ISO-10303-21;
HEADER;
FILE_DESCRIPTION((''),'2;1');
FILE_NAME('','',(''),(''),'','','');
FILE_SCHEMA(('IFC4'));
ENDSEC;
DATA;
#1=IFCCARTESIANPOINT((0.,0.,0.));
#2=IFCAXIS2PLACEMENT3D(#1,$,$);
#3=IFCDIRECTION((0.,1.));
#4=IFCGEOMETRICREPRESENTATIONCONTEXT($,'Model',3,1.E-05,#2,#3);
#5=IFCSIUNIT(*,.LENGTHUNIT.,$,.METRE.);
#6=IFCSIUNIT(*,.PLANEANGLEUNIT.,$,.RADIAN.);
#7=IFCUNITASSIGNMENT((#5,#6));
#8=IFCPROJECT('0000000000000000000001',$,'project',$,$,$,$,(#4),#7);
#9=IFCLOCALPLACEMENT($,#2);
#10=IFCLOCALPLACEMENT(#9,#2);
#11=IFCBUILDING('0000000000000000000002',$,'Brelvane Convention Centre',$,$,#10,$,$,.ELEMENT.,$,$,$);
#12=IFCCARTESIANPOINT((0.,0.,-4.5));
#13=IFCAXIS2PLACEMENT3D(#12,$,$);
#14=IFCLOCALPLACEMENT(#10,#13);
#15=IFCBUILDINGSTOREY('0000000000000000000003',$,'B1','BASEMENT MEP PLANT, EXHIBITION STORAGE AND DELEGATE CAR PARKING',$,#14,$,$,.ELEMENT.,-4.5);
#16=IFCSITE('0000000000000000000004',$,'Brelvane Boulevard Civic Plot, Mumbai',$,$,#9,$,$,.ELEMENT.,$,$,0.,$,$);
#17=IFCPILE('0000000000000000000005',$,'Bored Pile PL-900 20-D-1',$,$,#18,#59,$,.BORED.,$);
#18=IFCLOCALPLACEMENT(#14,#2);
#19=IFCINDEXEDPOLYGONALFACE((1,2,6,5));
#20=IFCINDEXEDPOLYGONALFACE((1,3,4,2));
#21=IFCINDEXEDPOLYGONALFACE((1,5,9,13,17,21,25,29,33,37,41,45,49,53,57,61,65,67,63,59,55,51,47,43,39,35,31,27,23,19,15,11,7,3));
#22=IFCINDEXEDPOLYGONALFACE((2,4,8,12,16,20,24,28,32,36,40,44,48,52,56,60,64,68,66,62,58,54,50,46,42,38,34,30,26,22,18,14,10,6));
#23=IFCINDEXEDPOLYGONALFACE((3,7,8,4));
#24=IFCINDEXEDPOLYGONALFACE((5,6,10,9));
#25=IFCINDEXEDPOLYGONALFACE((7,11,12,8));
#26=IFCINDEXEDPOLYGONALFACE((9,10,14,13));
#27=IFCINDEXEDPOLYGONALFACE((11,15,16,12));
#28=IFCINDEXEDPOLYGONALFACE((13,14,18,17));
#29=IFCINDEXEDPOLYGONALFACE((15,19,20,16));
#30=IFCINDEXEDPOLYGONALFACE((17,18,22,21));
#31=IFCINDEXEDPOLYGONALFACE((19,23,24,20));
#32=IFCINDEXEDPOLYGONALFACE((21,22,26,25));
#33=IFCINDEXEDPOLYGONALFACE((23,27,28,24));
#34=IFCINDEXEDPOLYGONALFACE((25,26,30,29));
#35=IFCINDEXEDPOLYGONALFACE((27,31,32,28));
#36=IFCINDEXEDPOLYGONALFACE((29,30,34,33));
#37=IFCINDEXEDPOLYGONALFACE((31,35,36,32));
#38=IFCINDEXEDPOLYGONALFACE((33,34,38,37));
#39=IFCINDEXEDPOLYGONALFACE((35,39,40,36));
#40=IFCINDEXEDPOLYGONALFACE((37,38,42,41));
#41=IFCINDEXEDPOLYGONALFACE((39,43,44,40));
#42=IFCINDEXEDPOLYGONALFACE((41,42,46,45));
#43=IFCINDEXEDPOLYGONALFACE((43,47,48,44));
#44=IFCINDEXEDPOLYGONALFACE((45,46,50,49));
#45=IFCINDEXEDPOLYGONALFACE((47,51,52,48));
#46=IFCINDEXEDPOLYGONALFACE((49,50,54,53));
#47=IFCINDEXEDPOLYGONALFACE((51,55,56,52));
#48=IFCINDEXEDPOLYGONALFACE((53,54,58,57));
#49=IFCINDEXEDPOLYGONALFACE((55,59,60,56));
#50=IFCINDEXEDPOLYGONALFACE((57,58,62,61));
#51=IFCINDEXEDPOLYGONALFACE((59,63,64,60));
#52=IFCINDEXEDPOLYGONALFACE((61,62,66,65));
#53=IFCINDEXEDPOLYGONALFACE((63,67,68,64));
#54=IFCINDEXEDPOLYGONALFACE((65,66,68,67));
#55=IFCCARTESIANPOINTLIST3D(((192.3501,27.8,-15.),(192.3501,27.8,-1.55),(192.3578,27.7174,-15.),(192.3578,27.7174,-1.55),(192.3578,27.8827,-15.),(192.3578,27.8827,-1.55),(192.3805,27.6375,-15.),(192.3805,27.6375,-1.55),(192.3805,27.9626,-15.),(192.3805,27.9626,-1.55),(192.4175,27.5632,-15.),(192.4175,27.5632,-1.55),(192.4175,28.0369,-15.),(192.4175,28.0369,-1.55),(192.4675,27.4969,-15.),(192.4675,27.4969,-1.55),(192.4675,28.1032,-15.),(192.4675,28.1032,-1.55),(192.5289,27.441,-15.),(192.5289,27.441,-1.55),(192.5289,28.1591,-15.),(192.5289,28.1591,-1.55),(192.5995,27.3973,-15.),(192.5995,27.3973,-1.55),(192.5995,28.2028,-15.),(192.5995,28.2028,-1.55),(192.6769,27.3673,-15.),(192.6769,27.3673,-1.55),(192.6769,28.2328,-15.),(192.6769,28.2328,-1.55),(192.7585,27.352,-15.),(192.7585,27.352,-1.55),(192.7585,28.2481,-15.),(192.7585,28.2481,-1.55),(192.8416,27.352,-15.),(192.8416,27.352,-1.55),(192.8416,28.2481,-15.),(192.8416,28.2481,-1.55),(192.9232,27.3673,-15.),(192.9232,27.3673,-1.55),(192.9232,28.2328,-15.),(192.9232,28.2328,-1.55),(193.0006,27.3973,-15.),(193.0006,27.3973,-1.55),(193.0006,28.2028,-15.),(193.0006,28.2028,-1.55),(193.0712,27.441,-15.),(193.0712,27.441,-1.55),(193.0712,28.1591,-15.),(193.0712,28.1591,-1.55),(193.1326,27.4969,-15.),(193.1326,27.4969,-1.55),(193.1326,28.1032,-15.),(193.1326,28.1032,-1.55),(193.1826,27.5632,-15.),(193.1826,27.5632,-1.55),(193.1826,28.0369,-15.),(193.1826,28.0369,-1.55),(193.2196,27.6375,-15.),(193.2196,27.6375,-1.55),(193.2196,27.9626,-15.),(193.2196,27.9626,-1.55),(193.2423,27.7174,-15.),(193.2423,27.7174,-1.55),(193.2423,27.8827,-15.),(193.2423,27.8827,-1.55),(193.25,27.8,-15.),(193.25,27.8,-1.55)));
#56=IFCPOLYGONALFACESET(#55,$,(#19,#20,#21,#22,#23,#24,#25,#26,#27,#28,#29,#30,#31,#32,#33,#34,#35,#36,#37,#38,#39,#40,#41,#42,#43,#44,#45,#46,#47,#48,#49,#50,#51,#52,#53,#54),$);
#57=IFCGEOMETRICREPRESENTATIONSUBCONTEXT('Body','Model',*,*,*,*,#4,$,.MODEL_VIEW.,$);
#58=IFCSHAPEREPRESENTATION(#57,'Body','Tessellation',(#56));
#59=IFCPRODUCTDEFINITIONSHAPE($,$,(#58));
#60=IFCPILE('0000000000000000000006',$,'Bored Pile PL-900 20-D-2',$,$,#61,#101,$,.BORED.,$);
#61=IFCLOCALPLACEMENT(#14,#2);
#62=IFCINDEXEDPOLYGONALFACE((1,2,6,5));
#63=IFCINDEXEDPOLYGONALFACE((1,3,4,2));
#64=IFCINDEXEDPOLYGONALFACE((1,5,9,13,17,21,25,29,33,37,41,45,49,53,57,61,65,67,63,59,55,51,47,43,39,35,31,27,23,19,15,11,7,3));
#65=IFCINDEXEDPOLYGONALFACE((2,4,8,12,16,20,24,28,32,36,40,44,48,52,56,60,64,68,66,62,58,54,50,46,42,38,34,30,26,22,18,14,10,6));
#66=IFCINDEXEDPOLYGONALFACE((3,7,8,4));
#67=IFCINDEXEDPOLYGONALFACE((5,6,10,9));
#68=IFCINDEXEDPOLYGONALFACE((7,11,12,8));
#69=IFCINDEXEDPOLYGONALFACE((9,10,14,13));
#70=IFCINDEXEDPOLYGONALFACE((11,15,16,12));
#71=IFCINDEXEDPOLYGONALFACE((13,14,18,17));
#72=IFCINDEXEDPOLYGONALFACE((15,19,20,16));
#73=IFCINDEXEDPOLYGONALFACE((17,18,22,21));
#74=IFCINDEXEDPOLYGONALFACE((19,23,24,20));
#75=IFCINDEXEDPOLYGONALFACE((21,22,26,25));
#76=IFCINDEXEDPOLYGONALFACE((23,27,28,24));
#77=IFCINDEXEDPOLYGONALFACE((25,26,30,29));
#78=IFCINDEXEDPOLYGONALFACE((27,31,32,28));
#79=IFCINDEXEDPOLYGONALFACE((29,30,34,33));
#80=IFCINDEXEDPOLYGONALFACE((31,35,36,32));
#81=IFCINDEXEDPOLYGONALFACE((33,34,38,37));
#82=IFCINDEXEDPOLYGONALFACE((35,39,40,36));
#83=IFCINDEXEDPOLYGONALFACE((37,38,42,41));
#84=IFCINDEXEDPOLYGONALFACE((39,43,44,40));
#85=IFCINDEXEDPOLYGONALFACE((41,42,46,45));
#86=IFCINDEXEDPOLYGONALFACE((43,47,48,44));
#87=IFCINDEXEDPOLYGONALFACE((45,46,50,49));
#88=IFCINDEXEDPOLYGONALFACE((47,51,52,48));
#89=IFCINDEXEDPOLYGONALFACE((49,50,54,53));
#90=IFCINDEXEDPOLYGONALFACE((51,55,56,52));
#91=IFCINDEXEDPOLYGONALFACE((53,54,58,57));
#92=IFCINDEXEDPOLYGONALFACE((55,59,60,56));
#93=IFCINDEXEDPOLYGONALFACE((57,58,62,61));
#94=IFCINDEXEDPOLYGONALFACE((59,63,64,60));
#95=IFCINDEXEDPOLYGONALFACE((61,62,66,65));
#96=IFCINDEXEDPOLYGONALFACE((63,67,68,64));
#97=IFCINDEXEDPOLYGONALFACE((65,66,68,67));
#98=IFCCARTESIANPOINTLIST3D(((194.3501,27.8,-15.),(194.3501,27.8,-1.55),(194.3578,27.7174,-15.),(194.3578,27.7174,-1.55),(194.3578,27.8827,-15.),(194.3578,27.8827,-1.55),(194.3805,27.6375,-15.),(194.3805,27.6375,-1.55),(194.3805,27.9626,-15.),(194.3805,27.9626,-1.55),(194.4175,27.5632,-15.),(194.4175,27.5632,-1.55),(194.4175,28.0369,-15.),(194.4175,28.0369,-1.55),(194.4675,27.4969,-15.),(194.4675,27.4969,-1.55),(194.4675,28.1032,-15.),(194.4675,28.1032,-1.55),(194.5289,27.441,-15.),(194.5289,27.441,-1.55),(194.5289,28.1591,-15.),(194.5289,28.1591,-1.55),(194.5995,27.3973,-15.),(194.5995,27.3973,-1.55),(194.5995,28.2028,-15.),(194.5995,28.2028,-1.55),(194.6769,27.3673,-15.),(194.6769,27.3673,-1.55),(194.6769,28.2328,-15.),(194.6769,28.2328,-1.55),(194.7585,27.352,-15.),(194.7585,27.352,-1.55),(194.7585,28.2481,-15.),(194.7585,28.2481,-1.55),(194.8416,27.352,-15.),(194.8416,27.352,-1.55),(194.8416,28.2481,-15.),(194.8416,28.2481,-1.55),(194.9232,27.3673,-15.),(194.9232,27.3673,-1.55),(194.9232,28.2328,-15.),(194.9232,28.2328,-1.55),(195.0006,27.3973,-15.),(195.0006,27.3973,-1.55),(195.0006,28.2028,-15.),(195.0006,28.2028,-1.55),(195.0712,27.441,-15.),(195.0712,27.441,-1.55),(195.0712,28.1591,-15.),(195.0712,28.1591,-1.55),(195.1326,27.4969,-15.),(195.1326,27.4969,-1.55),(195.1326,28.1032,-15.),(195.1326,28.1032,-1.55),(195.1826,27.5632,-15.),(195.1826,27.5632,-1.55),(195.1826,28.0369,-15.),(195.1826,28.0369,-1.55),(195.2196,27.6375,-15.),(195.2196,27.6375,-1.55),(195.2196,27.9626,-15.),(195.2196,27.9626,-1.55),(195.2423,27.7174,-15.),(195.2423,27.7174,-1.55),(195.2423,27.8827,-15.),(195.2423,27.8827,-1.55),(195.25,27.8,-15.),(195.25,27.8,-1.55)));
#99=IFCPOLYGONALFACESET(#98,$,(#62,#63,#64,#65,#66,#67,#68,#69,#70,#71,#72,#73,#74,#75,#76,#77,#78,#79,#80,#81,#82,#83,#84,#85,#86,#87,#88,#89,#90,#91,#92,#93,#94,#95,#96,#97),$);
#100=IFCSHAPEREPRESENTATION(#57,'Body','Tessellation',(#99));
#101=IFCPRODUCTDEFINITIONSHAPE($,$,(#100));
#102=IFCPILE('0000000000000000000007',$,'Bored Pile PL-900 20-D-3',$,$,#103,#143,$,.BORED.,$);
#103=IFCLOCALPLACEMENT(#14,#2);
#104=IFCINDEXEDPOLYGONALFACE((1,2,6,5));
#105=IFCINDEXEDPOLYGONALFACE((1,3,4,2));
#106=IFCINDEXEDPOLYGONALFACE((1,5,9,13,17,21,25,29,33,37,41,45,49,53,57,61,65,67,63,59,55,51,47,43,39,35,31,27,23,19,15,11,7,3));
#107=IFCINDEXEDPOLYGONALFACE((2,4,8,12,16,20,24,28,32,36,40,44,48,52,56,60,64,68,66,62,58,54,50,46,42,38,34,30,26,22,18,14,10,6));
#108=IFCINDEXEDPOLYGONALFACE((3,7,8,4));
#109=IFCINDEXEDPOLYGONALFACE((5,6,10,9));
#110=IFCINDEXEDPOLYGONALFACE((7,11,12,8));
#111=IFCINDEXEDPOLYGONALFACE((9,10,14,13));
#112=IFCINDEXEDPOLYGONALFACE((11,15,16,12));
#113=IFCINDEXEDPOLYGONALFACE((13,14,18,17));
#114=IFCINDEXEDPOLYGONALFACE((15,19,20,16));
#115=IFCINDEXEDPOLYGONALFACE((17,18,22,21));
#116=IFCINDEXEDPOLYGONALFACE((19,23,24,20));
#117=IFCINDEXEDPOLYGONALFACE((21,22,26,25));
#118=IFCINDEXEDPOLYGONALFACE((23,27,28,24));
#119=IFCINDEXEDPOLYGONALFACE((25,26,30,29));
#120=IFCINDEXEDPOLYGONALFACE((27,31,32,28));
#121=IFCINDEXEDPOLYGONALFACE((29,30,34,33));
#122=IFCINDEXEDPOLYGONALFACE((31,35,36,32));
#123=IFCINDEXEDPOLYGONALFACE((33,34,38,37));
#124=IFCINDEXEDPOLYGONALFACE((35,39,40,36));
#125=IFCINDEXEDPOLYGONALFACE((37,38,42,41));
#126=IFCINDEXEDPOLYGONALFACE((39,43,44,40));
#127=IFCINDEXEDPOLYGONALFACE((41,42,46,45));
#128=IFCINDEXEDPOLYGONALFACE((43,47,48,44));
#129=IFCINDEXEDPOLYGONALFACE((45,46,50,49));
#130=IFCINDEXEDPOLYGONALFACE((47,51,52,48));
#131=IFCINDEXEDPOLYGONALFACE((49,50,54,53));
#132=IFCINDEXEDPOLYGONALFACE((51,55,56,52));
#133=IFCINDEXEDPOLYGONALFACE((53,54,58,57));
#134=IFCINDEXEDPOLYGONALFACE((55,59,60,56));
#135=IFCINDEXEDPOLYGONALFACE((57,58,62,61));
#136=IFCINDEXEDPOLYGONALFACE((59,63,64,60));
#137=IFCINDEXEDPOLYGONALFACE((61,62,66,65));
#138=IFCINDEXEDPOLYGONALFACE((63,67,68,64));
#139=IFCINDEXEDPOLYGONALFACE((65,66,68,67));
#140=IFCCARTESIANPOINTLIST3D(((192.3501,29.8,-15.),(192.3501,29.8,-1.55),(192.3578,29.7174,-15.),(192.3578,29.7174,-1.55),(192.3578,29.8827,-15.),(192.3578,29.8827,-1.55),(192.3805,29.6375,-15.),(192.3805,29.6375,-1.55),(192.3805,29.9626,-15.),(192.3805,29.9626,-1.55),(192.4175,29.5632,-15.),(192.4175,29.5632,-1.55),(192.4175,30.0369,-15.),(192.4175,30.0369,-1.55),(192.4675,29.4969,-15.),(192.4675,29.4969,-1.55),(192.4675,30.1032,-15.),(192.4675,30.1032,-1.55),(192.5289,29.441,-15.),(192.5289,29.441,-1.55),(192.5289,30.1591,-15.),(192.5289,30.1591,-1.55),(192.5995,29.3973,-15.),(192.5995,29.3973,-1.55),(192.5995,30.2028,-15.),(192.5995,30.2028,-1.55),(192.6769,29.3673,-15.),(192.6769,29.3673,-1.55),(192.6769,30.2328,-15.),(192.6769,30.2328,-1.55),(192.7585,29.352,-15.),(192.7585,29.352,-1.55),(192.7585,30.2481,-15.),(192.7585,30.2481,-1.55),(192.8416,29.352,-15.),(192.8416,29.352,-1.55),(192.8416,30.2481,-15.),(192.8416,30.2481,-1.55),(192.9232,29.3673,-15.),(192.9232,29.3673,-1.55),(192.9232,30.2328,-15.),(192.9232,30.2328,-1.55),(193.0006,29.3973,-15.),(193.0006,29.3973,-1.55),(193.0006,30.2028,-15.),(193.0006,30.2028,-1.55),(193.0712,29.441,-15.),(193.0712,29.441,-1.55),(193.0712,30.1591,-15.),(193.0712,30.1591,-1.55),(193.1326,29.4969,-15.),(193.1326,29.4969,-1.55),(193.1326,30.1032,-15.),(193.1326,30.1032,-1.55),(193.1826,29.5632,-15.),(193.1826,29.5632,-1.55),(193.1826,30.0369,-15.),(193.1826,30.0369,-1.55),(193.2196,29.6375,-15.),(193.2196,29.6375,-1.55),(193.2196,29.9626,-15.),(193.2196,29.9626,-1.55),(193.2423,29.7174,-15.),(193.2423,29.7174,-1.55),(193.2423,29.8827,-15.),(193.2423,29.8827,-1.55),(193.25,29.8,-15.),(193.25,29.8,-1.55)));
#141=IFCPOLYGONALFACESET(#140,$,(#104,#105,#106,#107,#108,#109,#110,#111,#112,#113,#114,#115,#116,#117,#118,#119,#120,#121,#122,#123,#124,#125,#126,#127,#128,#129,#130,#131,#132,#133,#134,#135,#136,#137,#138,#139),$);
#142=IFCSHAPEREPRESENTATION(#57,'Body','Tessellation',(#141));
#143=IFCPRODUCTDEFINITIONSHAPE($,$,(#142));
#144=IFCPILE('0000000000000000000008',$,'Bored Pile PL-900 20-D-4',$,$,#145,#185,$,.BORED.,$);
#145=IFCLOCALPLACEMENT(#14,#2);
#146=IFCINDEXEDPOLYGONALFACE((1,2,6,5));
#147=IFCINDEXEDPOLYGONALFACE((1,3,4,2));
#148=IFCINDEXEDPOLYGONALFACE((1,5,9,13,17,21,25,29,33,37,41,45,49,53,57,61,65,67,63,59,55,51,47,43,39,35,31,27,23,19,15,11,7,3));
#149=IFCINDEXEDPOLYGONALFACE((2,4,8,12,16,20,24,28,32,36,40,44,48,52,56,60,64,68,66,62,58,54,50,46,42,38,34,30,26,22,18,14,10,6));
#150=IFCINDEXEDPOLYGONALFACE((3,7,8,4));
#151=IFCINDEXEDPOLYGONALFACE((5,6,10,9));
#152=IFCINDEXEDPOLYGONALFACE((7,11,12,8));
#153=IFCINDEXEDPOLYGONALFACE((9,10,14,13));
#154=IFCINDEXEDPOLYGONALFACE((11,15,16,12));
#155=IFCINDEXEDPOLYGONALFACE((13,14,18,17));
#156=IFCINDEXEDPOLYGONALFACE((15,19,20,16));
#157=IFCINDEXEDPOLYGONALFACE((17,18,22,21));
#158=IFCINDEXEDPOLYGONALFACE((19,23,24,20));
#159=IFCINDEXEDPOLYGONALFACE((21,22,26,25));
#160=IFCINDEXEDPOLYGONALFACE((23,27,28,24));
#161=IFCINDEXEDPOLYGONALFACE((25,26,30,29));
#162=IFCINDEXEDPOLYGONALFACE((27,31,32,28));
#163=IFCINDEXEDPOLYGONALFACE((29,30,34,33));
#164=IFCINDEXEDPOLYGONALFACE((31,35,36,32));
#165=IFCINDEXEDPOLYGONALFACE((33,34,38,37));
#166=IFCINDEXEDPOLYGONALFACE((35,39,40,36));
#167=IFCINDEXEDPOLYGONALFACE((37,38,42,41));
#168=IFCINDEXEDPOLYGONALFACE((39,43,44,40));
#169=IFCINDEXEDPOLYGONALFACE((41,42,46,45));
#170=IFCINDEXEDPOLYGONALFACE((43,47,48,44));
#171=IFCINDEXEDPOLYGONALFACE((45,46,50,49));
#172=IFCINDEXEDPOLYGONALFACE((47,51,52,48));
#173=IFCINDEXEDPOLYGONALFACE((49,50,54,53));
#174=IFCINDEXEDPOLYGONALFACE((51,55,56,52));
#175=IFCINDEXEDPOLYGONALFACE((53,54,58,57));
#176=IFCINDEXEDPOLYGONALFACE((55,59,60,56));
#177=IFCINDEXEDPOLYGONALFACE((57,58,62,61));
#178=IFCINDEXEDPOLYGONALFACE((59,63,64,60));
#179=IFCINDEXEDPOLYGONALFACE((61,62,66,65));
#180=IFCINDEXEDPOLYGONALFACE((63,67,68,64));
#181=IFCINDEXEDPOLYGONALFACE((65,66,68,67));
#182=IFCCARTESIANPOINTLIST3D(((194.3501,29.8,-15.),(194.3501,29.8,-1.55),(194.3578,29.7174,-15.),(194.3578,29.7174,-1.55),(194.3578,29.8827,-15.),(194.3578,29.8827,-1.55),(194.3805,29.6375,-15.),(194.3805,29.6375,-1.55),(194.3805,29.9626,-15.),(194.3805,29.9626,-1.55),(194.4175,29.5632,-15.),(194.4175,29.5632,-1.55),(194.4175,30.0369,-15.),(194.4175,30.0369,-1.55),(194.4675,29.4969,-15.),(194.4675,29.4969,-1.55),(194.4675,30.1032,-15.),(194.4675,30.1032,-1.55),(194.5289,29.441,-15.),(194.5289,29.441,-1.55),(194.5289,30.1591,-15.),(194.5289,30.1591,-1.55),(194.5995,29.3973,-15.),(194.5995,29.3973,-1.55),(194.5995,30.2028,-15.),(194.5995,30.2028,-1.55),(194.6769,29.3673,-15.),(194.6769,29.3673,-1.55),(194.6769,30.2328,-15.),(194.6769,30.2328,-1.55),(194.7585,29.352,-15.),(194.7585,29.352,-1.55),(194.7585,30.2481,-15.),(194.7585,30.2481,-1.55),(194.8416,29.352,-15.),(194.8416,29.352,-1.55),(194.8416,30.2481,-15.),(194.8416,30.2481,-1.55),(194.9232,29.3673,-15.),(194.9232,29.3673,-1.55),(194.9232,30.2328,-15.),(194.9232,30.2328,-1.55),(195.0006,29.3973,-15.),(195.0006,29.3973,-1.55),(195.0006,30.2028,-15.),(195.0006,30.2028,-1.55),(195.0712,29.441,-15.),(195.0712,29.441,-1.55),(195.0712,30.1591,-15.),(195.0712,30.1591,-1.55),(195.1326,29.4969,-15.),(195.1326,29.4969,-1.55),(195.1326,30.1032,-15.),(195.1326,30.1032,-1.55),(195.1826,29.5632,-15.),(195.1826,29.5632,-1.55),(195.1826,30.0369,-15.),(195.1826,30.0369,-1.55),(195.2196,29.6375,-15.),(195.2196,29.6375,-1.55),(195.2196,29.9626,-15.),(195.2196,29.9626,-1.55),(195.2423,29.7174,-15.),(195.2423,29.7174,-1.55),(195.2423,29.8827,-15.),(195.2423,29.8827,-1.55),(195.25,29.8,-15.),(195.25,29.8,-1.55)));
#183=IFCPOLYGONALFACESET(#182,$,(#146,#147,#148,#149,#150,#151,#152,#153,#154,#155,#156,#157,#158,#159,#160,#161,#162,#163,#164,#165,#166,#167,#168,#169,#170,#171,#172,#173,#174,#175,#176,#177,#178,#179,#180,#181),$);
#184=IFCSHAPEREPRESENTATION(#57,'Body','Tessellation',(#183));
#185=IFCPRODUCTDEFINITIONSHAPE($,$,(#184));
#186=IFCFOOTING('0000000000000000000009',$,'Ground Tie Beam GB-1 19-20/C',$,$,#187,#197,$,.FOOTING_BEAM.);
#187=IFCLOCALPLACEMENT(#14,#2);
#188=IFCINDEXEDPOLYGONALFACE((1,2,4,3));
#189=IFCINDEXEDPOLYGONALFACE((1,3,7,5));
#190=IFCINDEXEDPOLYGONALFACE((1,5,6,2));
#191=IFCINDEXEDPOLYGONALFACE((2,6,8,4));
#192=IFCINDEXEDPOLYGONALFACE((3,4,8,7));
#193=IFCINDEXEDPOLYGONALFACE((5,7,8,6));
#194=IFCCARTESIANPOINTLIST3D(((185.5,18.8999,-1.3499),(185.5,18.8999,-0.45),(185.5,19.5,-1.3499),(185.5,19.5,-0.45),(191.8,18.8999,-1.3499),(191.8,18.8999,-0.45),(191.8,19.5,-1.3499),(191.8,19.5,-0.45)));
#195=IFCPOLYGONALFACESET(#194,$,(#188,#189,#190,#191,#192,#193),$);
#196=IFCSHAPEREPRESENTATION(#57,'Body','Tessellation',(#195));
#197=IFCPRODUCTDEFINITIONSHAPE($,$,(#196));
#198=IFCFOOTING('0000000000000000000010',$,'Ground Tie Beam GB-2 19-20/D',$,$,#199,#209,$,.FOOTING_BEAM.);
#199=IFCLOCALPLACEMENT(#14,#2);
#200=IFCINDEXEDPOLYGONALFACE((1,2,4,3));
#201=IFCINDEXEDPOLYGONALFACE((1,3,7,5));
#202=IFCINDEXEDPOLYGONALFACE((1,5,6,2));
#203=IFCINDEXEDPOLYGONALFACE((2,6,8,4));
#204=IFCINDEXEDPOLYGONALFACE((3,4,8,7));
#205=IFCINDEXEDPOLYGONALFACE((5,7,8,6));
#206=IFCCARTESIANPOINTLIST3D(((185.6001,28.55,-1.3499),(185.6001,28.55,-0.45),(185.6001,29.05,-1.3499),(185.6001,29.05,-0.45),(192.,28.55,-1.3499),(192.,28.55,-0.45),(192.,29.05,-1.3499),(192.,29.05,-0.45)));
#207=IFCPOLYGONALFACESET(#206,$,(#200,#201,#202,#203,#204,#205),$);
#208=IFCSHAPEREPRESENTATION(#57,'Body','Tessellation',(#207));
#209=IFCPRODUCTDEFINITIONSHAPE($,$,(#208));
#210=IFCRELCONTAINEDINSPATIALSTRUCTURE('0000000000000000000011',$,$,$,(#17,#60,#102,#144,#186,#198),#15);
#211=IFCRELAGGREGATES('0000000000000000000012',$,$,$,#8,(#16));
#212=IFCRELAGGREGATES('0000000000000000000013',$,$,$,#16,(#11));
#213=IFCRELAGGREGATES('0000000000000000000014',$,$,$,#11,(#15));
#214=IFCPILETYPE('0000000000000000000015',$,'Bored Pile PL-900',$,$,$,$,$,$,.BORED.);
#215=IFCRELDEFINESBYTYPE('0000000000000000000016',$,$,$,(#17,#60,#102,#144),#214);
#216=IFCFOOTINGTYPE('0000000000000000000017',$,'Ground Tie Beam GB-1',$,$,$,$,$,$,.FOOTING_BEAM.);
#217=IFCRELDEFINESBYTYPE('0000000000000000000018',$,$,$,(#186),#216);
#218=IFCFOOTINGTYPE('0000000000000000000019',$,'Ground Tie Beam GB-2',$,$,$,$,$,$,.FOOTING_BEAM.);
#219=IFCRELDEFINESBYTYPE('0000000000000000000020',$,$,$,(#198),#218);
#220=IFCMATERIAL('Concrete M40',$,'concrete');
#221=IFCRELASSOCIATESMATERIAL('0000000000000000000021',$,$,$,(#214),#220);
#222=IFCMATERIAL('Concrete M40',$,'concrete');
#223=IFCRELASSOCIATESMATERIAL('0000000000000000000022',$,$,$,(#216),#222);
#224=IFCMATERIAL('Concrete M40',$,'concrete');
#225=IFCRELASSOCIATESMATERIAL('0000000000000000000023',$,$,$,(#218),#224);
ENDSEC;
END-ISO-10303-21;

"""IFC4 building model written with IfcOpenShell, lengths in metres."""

from ifc_helpers import new_model, si_unit, direction, frame, origin, origin_2d, place, context, subcontext, project, spatial, rectangle, circle, extrude, material, material_profile, profile_set, type_object, element, save


model = new_model("IFC4")

# Units and contexts
model_context = context("Model", 3, precision=1e-05, world=origin(), true_north=direction((0.0, 1.0)))
body_context = subcontext(model_context, "Body", "Model", "MODEL_VIEW")
ifc_project = project(units=[si_unit("LENGTHUNIT", "METRE"), si_unit("PLANEANGLEUNIT", "RADIAN")], contexts=[model_context])

# Site, building, storey
site_placement = place(None, origin())
site = spatial("IfcSite", under=ifc_project, at=site_placement, Name="Brelvane Boulevard Civic Plot, Mumbai", CompositionType="ELEMENT", RefElevation=0.0)
building_placement = place(site_placement, origin())
building = spatial("IfcBuilding", under=site, at=building_placement, Name="Brelvane Convention Centre", CompositionType="ELEMENT")
storey_placement = place(building_placement, frame((0.0, 0.0, -4.5)))
storey = spatial("IfcBuildingStorey", under=building, at=storey_placement, Name="B1", Description="BASEMENT MEP PLANT, EXHIBITION STORAGE AND DELEGATE CAR PARKING", CompositionType="ELEMENT", Elevation=-4.5)

# Piles
ifc_material_1 = material(Name="Concrete M40", Category="concrete")
ifc_material_profile_1 = material_profile(ifc_material_1, circle(Radius=0.45, at=origin_2d()), Name="PILE D900")
ifc_profile_set_1 = profile_set([ifc_material_profile_1], Name="Concrete M40")
pile_type = type_object("IfcPileType", Name="Bored Pile PL-900", PredefinedType="BORED", material=ifc_profile_set_1)
for number, where, z_axis, x_axis, name in (
    (1, (192.8, 27.8, -1.55), (0.0, 0.0, -1.0), (1.0, 0.0, 0.0), "Bored Pile PL-900 20-D-1"),
    (2, (194.8, 27.8, -1.55), (0.0, 0.0, -1.0), (1.0, 0.0, 0.0), "Bored Pile PL-900 20-D-2"),
    (3, (192.8, 29.8, -1.55), (0.0, 0.0, -1.0), (1.0, 0.0, 0.0), "Bored Pile PL-900 20-D-3"),
    (4, (194.8, 29.8, -1.55), (0.0, 0.0, -1.0), (1.0, 0.0, 0.0), "Bored Pile PL-900 20-D-4"),
):
    element("IfcPile", number, at=place(storey_placement, frame(where, z_axis=z_axis, x_axis=x_axis)), inside=storey, type_object=pile_type, Name=name, PredefinedType="BORED", context=body_context, shape_type="SweptSolid", body=[
        extrude(circle(Radius=0.45, at=origin_2d()), origin(), (0.0, 0.0, 1.0), 13.45),
    ])

# Footings
ifc_material_2 = material(Name="Concrete M40", Category="concrete")
ifc_material_profile_2 = material_profile(ifc_material_2, rectangle(XDim=0.6001, YDim=0.8999, at=origin_2d()), Name="RC 600x900")
ifc_profile_set_2 = profile_set([ifc_material_profile_2], Name="Concrete M40")
footing_type_1 = type_object("IfcFootingType", Name="Ground Tie Beam GB-1", PredefinedType="FOOTING_BEAM", material=ifc_profile_set_2)
footing_1_placement = place(storey_placement, frame((185.5, 19.2, -0.8999), z_axis=(1.0, 0.0, 0.0), x_axis=(0.0, 1.0, 0.0)))
element("IfcFooting", 5, at=footing_1_placement, inside=storey, type_object=footing_type_1, Name="Ground Tie Beam GB-1 19-20/C", PredefinedType="FOOTING_BEAM", context=body_context, shape_type="SweptSolid", body=[
    extrude(rectangle(XDim=0.6001, YDim=0.8999, at=origin_2d()), origin(), (0.0, 0.0, 1.0), 6.3),
])
ifc_material_3 = material(Name="Concrete M40", Category="concrete")
ifc_material_profile_3 = material_profile(ifc_material_3, rectangle(XDim=0.5, YDim=0.8999, at=origin_2d()), Name="RC 500x900")
ifc_profile_set_3 = profile_set([ifc_material_profile_3], Name="Concrete M40")
footing_type_2 = type_object("IfcFootingType", Name="Ground Tie Beam GB-2", PredefinedType="FOOTING_BEAM", material=ifc_profile_set_3)
footing_2_placement = place(storey_placement, frame((185.6001, 28.8, -0.8999), z_axis=(1.0, 0.0, 0.0), x_axis=(0.0, 1.0, 0.0)))
element("IfcFooting", 6, at=footing_2_placement, inside=storey, type_object=footing_type_2, Name="Ground Tie Beam GB-2 19-20/D", PredefinedType="FOOTING_BEAM", context=body_context, shape_type="SweptSolid", body=[
    extrude(rectangle(XDim=0.5, YDim=0.8999, at=origin_2d()), origin(), (0.0, 0.0, 1.0), 6.3999),
])

save(model, "model.ifc")
